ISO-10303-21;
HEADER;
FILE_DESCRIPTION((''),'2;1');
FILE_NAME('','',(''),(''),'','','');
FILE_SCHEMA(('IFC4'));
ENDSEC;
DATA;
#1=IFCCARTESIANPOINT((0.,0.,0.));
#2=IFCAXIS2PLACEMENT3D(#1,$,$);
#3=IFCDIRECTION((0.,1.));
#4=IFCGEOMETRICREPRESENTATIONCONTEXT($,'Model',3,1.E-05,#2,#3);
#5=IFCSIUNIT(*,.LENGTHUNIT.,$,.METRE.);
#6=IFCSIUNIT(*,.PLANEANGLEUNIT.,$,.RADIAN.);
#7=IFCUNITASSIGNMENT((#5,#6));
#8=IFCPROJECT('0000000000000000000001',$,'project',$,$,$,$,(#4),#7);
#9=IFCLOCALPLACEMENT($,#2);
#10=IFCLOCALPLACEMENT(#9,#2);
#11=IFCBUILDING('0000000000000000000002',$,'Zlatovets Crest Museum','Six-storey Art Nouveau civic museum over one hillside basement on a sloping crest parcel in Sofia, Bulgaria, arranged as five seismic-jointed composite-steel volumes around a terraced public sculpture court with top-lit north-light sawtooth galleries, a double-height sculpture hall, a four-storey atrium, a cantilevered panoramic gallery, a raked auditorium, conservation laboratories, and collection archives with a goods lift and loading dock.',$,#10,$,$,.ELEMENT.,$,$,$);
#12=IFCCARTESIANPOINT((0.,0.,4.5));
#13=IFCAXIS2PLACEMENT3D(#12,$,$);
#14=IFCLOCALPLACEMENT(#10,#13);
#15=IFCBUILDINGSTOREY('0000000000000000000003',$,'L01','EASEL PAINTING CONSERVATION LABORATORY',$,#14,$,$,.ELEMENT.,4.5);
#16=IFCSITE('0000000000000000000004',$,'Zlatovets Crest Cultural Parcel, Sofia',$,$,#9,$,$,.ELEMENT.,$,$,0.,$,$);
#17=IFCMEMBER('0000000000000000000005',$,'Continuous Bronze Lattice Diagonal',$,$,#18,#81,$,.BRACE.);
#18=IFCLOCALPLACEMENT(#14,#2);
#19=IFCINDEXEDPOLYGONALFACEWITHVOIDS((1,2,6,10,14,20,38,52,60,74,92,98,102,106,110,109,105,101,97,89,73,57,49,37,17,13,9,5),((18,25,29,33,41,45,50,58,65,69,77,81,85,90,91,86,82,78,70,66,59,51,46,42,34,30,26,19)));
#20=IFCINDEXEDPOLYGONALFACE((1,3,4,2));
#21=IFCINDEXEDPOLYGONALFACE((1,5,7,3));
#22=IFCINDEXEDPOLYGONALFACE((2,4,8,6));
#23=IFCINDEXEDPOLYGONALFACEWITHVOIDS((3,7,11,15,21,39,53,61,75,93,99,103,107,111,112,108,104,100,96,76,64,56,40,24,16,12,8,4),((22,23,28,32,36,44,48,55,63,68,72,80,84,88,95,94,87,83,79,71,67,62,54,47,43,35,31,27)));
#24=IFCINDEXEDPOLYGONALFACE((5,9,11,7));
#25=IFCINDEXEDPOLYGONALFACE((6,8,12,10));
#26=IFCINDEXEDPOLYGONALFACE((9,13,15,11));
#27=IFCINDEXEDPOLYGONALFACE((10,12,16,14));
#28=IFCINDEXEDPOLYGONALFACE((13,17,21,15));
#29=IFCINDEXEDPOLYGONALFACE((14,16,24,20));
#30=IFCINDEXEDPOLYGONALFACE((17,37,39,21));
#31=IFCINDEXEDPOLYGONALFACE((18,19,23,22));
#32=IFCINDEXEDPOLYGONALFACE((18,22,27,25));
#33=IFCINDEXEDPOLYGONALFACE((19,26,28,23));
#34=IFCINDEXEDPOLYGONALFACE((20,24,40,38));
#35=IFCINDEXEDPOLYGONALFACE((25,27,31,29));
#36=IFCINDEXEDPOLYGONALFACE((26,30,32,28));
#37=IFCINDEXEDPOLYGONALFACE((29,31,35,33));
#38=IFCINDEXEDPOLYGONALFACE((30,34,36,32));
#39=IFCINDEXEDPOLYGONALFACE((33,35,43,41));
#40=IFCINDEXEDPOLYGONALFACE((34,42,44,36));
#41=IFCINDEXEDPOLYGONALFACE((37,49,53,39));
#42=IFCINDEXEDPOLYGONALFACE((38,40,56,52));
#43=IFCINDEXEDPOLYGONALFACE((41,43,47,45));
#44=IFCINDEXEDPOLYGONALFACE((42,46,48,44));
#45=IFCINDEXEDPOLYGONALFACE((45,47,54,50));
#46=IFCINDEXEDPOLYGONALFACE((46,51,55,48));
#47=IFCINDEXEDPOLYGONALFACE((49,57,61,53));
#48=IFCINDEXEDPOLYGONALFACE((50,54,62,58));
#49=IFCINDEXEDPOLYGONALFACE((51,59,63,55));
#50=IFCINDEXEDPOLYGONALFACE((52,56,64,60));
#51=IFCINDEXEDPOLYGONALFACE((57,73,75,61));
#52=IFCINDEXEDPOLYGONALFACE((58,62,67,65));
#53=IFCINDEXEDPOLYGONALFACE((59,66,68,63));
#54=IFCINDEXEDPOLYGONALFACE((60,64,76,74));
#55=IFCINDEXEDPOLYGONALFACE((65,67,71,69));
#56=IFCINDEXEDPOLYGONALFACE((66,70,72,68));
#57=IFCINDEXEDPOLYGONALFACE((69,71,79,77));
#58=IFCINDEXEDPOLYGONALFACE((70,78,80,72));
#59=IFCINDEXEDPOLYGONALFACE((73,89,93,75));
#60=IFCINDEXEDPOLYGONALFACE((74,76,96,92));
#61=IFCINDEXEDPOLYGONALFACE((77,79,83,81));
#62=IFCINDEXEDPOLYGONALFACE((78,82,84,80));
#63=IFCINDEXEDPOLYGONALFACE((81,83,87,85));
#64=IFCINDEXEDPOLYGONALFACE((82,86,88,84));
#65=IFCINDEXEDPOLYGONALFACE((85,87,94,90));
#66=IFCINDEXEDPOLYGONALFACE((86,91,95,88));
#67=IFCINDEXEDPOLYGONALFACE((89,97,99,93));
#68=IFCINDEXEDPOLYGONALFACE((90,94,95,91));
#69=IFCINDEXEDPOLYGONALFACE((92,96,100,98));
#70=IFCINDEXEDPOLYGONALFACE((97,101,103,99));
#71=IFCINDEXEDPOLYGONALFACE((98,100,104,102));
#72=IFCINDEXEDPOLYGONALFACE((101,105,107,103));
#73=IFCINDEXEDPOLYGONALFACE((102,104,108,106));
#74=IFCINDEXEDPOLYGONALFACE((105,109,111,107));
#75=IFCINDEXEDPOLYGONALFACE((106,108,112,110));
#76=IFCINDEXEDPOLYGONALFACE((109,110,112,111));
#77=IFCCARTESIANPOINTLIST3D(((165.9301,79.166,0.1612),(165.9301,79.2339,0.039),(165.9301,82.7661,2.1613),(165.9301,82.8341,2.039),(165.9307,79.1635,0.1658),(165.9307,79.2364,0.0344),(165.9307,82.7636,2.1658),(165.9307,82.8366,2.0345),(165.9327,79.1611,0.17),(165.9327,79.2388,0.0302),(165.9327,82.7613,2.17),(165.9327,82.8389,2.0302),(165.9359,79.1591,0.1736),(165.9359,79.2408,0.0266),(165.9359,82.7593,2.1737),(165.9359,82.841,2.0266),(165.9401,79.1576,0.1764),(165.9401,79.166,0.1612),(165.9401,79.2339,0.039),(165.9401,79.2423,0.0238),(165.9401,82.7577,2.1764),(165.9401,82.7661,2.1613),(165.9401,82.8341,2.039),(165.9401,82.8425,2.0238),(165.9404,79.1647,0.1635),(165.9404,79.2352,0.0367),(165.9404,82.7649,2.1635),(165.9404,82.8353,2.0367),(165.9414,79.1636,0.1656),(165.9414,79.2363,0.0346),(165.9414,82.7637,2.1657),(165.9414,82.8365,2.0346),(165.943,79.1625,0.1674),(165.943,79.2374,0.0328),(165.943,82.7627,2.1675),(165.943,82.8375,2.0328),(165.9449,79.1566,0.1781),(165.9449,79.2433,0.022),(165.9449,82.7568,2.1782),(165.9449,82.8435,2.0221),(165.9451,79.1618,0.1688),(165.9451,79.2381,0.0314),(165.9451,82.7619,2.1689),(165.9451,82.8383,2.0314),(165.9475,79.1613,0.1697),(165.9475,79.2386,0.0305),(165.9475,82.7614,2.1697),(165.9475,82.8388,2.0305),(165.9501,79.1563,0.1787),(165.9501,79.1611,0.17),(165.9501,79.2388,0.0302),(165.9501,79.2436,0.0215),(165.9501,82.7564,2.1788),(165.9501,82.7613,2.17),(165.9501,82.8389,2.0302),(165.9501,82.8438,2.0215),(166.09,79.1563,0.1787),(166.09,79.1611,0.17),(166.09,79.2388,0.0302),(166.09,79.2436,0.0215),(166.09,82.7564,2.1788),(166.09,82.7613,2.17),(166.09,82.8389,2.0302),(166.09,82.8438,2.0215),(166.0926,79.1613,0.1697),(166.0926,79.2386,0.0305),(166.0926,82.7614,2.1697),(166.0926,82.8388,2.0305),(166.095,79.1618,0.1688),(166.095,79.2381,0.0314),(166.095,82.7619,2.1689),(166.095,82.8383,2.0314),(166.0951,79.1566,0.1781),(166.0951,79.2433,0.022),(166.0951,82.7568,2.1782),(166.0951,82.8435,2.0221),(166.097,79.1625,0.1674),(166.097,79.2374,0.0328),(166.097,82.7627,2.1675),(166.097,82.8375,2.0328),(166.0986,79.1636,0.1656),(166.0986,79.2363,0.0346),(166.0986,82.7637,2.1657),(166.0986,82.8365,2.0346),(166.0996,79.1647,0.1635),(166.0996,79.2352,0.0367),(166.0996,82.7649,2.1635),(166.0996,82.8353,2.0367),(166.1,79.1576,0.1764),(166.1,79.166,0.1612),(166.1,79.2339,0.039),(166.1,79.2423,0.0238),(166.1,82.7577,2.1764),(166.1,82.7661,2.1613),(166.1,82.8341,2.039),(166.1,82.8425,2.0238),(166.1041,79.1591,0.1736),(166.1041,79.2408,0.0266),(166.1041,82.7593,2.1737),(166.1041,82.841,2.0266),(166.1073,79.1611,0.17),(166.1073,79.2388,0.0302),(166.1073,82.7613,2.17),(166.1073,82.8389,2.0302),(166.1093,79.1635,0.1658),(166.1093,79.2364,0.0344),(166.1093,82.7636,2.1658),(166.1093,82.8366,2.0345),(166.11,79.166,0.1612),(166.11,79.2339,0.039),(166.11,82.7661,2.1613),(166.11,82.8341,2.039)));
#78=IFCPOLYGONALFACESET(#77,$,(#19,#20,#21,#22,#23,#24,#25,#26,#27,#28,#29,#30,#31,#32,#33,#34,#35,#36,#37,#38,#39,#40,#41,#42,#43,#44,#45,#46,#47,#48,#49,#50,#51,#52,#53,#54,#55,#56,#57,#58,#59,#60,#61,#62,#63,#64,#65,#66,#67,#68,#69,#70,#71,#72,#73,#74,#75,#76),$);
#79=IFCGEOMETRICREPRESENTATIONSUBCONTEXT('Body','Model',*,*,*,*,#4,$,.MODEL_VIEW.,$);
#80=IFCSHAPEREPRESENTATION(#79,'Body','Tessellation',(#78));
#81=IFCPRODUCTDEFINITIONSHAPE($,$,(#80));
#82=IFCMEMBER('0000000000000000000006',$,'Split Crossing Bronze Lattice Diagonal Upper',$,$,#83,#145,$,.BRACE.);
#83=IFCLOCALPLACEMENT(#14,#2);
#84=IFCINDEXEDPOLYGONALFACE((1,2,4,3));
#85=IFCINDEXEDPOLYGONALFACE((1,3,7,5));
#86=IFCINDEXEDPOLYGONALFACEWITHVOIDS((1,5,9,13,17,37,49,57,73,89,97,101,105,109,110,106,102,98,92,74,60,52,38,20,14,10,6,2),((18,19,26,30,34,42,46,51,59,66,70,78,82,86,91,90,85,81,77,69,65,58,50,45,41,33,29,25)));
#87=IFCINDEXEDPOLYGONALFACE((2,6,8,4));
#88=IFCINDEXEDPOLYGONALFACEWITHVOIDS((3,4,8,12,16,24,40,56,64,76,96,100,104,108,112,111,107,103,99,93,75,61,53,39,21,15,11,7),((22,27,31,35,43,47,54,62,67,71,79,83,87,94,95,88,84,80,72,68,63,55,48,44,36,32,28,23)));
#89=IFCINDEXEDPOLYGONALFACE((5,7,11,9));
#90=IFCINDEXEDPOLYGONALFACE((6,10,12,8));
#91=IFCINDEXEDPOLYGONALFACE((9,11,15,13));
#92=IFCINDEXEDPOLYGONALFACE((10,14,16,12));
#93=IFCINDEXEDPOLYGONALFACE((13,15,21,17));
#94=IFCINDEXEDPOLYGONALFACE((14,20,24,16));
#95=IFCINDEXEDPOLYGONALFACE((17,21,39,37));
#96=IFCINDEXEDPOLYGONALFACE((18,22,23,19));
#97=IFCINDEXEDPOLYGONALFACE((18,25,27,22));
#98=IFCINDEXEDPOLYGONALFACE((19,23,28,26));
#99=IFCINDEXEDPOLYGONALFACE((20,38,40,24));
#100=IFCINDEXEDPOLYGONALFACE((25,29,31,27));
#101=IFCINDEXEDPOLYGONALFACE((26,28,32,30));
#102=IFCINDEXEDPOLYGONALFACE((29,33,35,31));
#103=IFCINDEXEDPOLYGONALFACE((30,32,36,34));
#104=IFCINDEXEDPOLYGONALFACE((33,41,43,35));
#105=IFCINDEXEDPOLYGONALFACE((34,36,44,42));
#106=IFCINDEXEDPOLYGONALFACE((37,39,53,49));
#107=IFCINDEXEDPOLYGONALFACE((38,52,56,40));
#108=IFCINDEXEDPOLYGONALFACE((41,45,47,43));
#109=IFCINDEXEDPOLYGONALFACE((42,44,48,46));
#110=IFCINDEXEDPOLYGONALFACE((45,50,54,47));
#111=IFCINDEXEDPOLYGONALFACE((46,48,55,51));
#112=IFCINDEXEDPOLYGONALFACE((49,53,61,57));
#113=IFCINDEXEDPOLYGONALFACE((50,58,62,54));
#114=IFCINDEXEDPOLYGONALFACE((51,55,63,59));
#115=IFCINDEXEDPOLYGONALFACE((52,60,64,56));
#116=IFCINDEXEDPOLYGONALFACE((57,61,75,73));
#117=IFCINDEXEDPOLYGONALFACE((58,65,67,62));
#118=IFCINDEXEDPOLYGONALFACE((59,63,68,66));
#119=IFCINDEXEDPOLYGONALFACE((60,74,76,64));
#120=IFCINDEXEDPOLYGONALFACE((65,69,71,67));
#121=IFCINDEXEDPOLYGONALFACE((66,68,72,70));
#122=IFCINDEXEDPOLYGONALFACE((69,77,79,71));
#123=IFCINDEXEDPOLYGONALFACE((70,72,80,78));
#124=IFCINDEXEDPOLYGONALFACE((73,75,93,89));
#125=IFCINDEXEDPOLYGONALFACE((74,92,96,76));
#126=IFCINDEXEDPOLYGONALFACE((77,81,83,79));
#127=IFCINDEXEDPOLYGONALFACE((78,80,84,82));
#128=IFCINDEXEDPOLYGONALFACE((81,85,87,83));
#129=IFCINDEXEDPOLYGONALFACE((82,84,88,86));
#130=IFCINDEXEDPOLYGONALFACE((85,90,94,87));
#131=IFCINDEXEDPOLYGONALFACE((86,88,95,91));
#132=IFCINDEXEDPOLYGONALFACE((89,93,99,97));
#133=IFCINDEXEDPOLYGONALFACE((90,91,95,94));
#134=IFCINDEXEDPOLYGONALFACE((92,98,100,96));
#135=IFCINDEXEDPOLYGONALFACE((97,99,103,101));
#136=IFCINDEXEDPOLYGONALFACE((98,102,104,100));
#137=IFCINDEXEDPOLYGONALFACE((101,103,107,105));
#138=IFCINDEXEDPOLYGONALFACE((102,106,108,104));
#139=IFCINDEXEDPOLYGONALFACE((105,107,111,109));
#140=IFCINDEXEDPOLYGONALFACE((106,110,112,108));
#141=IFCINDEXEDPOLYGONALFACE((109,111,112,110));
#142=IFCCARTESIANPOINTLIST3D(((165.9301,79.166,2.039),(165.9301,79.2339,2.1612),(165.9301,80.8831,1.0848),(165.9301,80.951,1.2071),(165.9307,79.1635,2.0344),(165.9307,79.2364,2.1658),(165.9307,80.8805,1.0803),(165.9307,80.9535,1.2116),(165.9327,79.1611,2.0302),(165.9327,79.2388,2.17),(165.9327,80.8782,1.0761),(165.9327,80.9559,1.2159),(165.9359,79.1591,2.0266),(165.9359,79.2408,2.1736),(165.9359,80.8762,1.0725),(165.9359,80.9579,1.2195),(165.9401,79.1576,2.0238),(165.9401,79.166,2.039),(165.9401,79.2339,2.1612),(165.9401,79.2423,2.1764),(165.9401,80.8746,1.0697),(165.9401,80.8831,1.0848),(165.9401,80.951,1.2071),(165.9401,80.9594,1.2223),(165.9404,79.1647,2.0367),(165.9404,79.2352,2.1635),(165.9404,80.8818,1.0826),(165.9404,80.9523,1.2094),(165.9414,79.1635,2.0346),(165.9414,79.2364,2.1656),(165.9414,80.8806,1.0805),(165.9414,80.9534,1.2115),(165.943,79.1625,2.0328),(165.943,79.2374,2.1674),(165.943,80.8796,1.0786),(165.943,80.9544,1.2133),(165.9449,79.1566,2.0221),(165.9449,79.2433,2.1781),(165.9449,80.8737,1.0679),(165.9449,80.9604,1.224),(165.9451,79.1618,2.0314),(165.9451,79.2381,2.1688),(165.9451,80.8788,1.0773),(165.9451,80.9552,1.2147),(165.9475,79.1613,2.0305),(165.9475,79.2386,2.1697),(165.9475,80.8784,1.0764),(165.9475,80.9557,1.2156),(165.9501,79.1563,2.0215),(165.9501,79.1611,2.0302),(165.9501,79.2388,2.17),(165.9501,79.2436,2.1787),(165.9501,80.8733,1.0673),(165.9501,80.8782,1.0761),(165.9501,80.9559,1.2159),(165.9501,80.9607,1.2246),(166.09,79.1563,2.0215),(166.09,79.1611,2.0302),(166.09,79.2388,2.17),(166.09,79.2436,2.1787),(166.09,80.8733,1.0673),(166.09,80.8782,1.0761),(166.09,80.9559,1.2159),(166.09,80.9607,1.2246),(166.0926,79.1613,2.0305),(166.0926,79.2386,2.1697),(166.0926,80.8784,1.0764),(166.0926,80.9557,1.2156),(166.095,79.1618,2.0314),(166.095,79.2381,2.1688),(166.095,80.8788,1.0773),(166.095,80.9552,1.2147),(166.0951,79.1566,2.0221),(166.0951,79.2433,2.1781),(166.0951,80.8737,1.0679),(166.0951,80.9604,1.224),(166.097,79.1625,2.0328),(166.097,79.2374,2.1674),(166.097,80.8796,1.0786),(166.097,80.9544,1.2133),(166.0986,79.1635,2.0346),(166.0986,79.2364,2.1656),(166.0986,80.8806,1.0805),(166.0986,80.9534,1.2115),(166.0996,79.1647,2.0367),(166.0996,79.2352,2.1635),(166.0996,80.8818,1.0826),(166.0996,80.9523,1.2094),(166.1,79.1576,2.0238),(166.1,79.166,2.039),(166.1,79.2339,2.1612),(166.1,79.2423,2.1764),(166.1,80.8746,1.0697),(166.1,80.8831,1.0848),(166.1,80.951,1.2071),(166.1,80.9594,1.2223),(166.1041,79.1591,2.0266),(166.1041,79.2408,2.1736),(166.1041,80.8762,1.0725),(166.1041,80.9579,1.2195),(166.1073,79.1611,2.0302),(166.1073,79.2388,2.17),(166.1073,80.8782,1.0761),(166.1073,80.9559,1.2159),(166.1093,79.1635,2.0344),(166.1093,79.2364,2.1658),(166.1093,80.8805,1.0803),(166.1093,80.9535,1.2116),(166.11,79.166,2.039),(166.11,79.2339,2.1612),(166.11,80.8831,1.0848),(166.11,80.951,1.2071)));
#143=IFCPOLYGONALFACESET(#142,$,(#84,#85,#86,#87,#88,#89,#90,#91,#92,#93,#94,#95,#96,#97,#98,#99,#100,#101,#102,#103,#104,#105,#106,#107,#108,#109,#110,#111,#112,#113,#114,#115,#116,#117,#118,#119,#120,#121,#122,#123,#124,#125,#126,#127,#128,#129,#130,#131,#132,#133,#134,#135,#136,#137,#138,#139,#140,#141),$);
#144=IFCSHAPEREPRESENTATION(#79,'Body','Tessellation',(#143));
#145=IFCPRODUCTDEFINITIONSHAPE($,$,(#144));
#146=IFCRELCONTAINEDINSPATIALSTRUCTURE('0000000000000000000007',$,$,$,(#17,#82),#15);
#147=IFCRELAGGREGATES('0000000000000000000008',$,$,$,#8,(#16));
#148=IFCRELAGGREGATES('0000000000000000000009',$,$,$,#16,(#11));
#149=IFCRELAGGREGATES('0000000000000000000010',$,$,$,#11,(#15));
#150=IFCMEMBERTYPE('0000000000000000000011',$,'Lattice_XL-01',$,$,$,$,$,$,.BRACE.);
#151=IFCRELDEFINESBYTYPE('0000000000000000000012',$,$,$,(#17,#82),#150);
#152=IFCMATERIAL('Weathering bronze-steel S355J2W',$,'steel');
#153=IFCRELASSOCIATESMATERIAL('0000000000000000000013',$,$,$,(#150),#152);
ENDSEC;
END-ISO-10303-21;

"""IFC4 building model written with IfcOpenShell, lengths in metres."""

from ifc_helpers import new_model, si_unit, direction, frame, origin, origin_2d, place, context, subcontext, project, spatial, hollow_rectangle, extrude, material, material_profile, profile_set, type_object, element, save


model = new_model("IFC4")

# Units and contexts
model_context = context("Model", 3, precision=1e-05, world=origin(), true_north=direction((0.0, 1.0)))
body_context = subcontext(model_context, "Body", "Model", "MODEL_VIEW")
ifc_project = project(units=[si_unit("LENGTHUNIT", "METRE"), si_unit("PLANEANGLEUNIT", "RADIAN")], contexts=[model_context])

# Site, building, storey
site_placement = place(None, origin())
site = spatial("IfcSite", under=ifc_project, at=site_placement, Name="Zlatovets Crest Cultural Parcel, Sofia", CompositionType="ELEMENT", RefElevation=0.0)
building_placement = place(site_placement, origin())
building = spatial("IfcBuilding", under=site, at=building_placement, Name="Zlatovets Crest Museum", Description="Six-storey Art Nouveau civic museum over one hillside basement on a sloping crest parcel in Sofia, Bulgaria, arranged as five seismic-jointed composite-steel volumes around a terraced public sculpture court with top-lit north-light sawtooth galleries, a double-height sculpture hall, a four-storey atrium, a cantilevered panoramic gallery, a raked auditorium, conservation laboratories, and collection archives with a goods lift and loading dock.", CompositionType="ELEMENT")
storey_placement = place(building_placement, frame((0.0, 0.0, 4.5)))
storey = spatial("IfcBuildingStorey", under=building, at=storey_placement, Name="L01", Description="EASEL PAINTING CONSERVATION LABORATORY", CompositionType="ELEMENT", Elevation=4.5)

# Members
ifc_material_1 = material(Name="Weathering bronze-steel S355J2W", Category="steel")
ifc_material_profile_1 = material_profile(ifc_material_1, hollow_rectangle(XDim=0.1799, YDim=0.1799, WallThickness=0.01, InnerFilletRadius=0.01, OuterFilletRadius=0.02, at=origin_2d()), Name="SHS 180x180x10.0")
ifc_profile_set_1 = profile_set([ifc_material_profile_1], Name="Weathering bronze-steel S355J2W")
member_type_1 = type_object("IfcMemberType", Name="Lattice_XL-01", PredefinedType="BRACE", material=ifc_profile_set_1)
member_1_placement = place(storey_placement, frame((166.02, 79.2, 0.1001), z_axis=(0.0, 0.874163, 0.485633), x_axis=(-1.0, 0.0, 0.0)))
element("IfcMember", 1, at=member_1_placement, inside=storey, type_object=member_type_1, Name="Continuous Bronze Lattice Diagonal", PredefinedType="BRACE", context=body_context, shape_type="SweptSolid", body=[
    extrude(hollow_rectangle(XDim=0.1799, YDim=0.1799, WallThickness=0.01, InnerFilletRadius=0.01, OuterFilletRadius=0.02, at=origin_2d()), origin(), (0.0, 0.0, 1.0), 4.1184),
])
member_2_placement = place(storey_placement, frame((166.02, 79.2, 2.1001), z_axis=(0.0, 0.874116, -0.485717), x_axis=(-1.0, 0.0, 0.0)))
element("IfcMember", 2, at=member_2_placement, inside=storey, type_object=member_type_1, Name="Split Crossing Bronze Lattice Diagonal Upper", PredefinedType="BRACE", context=body_context, shape_type="SweptSolid", body=[
    extrude(hollow_rectangle(XDim=0.1799, YDim=0.1799, WallThickness=0.01, InnerFilletRadius=0.01, OuterFilletRadius=0.02, at=origin_2d()), origin(), (0.0, 0.0, 1.0), 1.9644),
])

save(model, "model.ifc")
